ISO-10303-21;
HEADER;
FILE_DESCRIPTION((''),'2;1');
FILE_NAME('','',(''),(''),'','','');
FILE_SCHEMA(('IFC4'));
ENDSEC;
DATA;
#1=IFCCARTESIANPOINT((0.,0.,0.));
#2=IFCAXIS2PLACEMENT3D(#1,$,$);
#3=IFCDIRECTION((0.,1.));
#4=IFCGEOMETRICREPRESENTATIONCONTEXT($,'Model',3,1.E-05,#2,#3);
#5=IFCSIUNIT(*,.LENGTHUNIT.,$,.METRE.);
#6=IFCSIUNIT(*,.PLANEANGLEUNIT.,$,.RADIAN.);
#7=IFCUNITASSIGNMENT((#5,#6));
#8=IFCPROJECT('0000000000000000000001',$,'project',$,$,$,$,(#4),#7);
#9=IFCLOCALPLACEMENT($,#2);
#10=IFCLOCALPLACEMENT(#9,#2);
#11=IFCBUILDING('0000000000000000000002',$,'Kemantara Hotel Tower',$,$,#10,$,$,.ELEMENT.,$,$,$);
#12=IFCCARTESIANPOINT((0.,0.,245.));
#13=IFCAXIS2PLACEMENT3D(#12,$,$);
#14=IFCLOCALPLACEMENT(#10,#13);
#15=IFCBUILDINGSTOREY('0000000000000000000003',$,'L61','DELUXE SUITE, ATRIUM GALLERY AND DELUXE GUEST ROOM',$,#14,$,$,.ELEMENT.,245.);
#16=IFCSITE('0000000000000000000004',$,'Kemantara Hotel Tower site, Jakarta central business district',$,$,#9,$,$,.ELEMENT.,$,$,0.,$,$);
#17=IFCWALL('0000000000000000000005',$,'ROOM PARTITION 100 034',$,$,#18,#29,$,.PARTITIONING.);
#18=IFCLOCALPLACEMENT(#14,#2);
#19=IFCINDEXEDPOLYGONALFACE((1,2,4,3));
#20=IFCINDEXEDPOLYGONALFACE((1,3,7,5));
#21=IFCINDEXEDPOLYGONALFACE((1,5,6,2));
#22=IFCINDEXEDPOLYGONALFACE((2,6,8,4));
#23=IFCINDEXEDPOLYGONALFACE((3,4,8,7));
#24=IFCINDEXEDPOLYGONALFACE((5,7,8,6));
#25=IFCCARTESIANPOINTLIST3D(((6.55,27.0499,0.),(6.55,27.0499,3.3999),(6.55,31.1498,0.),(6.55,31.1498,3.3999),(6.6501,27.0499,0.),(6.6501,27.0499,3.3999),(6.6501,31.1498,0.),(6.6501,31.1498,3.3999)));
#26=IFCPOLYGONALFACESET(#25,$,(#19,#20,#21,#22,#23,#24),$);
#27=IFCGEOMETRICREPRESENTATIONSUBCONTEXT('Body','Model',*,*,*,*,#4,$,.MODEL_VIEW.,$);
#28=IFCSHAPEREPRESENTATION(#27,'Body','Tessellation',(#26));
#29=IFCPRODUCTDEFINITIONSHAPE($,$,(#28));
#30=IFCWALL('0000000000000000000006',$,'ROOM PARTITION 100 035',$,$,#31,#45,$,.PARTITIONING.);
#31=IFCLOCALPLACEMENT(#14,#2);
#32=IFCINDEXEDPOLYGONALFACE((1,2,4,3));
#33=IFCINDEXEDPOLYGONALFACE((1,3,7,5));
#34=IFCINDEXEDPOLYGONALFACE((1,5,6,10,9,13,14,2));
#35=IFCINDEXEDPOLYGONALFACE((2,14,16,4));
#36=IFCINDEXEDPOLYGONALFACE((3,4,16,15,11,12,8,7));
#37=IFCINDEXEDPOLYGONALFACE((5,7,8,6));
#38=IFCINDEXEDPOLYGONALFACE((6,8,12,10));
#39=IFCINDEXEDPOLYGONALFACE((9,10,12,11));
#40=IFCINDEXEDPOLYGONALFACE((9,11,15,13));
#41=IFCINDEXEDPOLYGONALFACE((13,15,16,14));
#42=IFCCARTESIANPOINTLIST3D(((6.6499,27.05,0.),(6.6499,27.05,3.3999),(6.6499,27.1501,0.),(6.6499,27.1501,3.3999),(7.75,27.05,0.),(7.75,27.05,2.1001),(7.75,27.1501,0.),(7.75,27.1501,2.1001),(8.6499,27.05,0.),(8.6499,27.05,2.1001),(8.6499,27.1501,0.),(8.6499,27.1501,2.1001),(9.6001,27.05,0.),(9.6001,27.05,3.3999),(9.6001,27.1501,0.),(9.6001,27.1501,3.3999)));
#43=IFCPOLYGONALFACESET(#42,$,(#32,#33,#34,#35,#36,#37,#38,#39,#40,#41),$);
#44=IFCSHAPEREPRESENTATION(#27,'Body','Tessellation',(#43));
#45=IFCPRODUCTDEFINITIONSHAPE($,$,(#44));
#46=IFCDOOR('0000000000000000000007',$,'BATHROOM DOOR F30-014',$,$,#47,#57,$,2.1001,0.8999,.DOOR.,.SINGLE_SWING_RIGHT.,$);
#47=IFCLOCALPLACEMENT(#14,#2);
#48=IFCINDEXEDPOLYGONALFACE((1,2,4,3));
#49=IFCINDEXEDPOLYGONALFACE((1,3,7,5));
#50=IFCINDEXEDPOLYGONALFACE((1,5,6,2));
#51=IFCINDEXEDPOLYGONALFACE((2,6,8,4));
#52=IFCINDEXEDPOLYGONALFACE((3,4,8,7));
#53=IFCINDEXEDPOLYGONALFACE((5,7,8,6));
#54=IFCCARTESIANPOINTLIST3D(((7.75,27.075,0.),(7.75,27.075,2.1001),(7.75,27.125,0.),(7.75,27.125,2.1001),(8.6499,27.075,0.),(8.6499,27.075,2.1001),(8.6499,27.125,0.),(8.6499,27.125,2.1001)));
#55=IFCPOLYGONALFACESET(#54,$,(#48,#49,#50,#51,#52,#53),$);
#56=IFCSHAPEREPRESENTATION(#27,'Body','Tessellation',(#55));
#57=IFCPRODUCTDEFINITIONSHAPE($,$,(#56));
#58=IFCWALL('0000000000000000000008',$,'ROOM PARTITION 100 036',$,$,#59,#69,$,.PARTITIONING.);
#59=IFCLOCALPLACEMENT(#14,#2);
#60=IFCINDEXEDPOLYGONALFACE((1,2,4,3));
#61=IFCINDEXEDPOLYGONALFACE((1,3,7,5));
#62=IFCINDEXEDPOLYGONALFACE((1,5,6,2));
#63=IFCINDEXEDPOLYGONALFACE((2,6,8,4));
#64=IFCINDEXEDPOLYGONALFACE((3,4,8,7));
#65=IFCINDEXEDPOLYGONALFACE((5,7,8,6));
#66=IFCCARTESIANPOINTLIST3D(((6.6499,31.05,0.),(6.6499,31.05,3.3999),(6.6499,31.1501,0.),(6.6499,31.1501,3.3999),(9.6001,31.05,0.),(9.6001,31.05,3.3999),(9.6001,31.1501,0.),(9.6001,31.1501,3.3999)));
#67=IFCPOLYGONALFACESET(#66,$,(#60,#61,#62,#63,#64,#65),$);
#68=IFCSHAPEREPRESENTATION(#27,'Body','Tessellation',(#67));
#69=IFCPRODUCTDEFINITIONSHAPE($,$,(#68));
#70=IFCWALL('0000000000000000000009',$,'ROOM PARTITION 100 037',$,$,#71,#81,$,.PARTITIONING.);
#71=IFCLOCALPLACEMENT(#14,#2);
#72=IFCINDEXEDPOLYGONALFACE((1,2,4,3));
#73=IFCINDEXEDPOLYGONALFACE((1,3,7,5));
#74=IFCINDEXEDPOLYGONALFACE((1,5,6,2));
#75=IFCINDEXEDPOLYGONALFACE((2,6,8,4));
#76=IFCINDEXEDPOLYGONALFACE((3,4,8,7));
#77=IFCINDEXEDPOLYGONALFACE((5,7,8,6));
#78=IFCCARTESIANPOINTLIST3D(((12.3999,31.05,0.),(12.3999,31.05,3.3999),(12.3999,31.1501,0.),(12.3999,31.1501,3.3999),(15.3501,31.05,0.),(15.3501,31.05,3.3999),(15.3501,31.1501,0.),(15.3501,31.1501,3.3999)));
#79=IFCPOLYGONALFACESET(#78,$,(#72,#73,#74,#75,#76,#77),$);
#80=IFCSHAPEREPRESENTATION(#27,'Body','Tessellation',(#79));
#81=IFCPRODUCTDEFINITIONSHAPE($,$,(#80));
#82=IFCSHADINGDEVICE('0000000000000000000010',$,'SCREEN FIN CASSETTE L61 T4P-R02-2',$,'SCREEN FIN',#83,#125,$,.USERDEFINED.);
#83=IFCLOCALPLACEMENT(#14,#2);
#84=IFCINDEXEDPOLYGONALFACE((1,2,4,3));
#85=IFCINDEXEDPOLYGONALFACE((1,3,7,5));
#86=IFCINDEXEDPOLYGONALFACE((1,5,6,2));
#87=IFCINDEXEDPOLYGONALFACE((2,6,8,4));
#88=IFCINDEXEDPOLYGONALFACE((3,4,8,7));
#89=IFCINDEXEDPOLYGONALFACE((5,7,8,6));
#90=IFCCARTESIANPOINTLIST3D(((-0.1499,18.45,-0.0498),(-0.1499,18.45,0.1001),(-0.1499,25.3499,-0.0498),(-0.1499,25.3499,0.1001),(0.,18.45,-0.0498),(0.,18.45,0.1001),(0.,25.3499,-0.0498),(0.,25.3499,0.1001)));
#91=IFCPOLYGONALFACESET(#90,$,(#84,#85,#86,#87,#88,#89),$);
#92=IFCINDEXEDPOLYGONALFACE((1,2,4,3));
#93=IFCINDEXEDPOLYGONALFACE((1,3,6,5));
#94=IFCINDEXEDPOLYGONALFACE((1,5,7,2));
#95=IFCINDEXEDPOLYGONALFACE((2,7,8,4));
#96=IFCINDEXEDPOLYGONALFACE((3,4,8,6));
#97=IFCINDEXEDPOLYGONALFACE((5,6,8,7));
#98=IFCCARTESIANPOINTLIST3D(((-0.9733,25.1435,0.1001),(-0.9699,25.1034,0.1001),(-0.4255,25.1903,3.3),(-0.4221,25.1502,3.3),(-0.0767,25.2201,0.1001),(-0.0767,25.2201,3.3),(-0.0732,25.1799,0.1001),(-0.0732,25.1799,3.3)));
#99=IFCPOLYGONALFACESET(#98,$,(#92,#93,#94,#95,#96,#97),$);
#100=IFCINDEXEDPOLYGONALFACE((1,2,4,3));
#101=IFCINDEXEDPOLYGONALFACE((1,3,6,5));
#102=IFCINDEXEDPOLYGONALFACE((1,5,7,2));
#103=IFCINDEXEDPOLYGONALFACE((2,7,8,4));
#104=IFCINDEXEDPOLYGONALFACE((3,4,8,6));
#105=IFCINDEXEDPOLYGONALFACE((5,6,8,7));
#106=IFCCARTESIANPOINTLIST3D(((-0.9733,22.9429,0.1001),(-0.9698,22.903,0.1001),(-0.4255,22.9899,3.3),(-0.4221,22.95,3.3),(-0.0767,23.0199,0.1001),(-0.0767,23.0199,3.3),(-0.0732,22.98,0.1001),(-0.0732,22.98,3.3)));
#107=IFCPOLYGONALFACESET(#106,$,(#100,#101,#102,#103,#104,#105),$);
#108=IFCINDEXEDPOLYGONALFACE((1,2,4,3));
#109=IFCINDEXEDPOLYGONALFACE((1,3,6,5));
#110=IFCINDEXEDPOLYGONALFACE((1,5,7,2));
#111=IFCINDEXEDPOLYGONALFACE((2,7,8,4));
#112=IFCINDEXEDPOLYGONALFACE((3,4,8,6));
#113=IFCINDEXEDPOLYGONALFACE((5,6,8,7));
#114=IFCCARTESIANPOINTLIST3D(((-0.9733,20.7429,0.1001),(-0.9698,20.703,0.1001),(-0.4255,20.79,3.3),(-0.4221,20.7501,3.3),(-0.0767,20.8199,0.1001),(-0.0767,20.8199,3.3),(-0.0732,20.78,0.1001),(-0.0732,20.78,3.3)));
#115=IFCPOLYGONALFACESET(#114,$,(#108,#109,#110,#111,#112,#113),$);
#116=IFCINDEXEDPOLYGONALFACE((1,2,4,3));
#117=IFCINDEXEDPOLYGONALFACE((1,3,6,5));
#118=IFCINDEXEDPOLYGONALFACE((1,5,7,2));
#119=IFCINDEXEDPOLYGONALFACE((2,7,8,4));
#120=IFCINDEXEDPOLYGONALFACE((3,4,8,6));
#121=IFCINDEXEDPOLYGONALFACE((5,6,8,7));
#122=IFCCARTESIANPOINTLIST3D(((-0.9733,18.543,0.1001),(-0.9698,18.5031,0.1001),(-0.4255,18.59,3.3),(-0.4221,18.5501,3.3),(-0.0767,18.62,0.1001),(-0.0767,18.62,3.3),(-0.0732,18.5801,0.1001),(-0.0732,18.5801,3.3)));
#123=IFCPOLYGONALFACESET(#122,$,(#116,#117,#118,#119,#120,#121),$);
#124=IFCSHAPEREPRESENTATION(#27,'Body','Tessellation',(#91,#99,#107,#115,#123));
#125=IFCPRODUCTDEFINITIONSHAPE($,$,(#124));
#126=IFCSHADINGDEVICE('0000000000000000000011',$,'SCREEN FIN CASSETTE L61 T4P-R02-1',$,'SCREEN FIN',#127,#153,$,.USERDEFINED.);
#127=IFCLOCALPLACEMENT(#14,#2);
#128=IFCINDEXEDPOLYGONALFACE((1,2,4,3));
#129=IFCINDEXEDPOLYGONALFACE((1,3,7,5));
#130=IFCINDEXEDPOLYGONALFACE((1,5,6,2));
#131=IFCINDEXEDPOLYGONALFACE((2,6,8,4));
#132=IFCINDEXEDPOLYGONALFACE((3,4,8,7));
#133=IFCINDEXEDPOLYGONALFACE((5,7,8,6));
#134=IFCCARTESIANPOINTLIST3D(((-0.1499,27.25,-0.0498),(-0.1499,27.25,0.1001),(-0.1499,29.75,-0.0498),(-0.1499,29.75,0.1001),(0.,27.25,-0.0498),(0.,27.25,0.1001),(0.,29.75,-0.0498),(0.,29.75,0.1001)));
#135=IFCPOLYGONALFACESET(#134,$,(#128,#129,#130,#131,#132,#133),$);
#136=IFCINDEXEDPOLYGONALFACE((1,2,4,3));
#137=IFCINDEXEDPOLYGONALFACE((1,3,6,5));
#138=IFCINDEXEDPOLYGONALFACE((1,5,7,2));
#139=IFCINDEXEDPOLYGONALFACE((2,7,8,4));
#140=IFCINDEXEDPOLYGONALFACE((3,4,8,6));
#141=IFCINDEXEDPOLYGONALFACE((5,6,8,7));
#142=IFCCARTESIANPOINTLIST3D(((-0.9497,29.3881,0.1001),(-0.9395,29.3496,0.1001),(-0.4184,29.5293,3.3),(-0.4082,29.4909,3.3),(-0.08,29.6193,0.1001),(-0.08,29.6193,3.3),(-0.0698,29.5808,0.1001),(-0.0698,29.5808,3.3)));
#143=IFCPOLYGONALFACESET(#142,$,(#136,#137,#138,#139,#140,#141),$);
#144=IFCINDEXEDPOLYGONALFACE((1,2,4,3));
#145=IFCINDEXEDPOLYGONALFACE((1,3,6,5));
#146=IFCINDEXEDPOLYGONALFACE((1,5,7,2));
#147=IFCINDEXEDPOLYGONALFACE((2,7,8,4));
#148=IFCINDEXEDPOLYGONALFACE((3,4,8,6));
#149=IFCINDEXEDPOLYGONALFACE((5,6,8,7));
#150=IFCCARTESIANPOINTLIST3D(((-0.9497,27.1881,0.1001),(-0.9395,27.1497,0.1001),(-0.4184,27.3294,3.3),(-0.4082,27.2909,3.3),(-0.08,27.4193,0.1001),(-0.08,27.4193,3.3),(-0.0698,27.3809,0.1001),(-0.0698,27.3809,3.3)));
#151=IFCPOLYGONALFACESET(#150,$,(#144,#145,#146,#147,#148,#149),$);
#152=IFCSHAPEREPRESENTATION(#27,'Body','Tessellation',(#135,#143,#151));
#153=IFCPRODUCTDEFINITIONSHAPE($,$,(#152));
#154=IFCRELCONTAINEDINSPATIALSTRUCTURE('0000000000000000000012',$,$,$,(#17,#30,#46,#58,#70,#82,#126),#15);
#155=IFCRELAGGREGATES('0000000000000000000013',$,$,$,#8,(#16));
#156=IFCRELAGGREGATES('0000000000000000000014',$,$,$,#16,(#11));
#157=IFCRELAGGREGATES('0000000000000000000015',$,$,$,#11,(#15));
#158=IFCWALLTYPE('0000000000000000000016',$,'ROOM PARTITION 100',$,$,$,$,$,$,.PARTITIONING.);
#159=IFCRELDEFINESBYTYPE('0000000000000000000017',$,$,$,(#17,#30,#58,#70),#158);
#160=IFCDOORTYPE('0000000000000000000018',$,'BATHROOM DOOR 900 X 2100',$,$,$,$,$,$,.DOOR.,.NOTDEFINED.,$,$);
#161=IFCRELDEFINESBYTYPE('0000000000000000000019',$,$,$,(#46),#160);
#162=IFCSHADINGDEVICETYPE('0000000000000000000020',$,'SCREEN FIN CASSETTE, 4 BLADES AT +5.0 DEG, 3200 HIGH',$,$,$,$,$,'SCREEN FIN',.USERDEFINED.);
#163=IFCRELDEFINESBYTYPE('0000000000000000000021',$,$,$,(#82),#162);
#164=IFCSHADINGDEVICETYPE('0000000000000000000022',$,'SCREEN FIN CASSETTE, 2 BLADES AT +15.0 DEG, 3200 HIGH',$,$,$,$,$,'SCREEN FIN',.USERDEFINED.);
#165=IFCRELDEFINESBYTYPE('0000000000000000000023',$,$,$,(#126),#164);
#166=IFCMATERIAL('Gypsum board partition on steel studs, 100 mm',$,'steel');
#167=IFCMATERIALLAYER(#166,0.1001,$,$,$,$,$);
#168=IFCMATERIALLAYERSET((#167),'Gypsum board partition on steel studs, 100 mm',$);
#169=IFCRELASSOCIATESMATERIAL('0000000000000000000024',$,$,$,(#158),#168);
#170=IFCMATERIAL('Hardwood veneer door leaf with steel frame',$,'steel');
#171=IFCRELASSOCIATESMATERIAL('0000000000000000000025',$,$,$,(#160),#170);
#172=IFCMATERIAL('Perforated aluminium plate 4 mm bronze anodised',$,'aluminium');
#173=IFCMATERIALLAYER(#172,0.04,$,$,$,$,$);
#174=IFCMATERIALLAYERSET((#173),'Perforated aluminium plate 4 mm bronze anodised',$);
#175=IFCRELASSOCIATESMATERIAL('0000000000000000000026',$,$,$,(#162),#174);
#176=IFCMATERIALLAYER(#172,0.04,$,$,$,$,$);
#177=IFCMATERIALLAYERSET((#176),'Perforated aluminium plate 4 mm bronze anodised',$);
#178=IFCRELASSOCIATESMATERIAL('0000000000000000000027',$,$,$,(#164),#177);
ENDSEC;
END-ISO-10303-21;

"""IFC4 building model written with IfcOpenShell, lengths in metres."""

from ifc_helpers import new_model, si_unit, direction, frame, frame_2d, origin, origin_2d, place, context, subcontext, project, spatial, polyline, rectangle, outline, extrude, source, transform, mapped, material, layer, layer_set, type_object, element, fill, save


model = new_model("IFC4")

# Units and contexts
model_context = context("Model", 3, precision=1e-05, world=origin(), true_north=direction((0.0, 1.0)))
body_context = subcontext(model_context, "Body", "Model", "MODEL_VIEW")
ifc_project = project(units=[si_unit("LENGTHUNIT", "METRE"), si_unit("PLANEANGLEUNIT", "RADIAN")], contexts=[model_context])

# Site, building, storey
site_placement = place(None, origin())
site = spatial("IfcSite", under=ifc_project, at=site_placement, Name="Kemantara Hotel Tower site, Jakarta central business district", CompositionType="ELEMENT", RefElevation=0.0)
building_placement = place(site_placement, origin())
building = spatial("IfcBuilding", under=site, at=building_placement, Name="Kemantara Hotel Tower", CompositionType="ELEMENT")
storey_placement = place(building_placement, frame((0.0, 0.0, 245.0)))
storey = spatial("IfcBuildingStorey", under=building, at=storey_placement, Name="L61", Description="DELUXE SUITE, ATRIUM GALLERY AND DELUXE GUEST ROOM", CompositionType="ELEMENT", Elevation=245.0)

# Shared definitions
ifc_material_1 = material(Name="Hardwood veneer door leaf with steel frame", Category="steel")

# Wall
ifc_material_2 = material(Name="Gypsum board partition on steel studs, 100 mm", Category="steel")
ifc_layer_1 = layer(ifc_material_2, 0.1001)
ifc_layer_set_1 = layer_set([ifc_layer_1], Name="Gypsum board partition on steel studs, 100 mm")
wall_type_1 = type_object("IfcWallType", Name="ROOM PARTITION 100", PredefinedType="PARTITIONING", material=ifc_layer_set_1)
wall_1_placement = place(storey_placement, frame((6.6001, 27.05, 0.0), z_axis=(0.0, 0.0, 1.0), x_axis=(0.0, 1.0, 0.0)))
element("IfcWall", 1, at=wall_1_placement, inside=storey, type_object=wall_type_1, Name="ROOM PARTITION 100 034", PredefinedType="PARTITIONING", context=body_context, shape_type="SweptSolid", body=[
    extrude(rectangle(XDim=4.0999, YDim=0.1001, at=frame_2d((2.0498, 0.0))), origin(), (0.0, 0.0, 1.0), 3.3999),
])

# Wall, opening, door
wall_2_placement = place(storey_placement, frame((6.6499, 27.1001, 0.0), z_axis=(0.0, 0.0, 1.0), x_axis=(1.0, 0.0, 0.0)))
wall_2 = element("IfcWall", 2, at=wall_2_placement, inside=storey, type_object=wall_type_1, Name="ROOM PARTITION 100 035", PredefinedType="PARTITIONING", context=body_context, shape_type="SweptSolid", body=[
    extrude(rectangle(XDim=2.9502, YDim=0.1001, at=frame_2d((1.4751, 0.0))), origin(), (0.0, 0.0, 1.0), 3.3999),
])
opening_1_placement = place(wall_2_placement, frame((1.1001, 0.0, 0.0)))
opening_1 = element("IfcOpeningElement", 3, at=opening_1_placement, cuts=wall_2, PredefinedType="OPENING", context=body_context, shape_type="SweptSolid", body=[
    extrude(rectangle(XDim=0.8999, YDim=2.1001, at=frame_2d((0.45, 1.05))), frame((0.0, 0.0601, 0.0), z_axis=(0.0, -1.0, 0.0), x_axis=(1.0, 0.0, 0.0)), (0.0, 0.0, 1.0), 0.1201),
])
door_type_1 = type_object("IfcDoorType", Name="BATHROOM DOOR 900 X 2100", OperationType="NOTDEFINED", PredefinedType="DOOR", material=ifc_material_1)
door_1_placement = place(opening_1_placement, origin())
door_1 = element("IfcDoor", 4, at=door_1_placement, inside=storey, type_object=door_type_1, Name="BATHROOM DOOR F30-014", OperationType="SINGLE_SWING_RIGHT", OverallHeight=2.1001, OverallWidth=0.8999, PredefinedType="DOOR", context=body_context, shape_type="SweptSolid", body=[
    extrude(rectangle(XDim=0.8999, YDim=2.1001, at=frame_2d((0.45, 1.05))), frame((0.0, 0.0249, 0.0), z_axis=(0.0, -1.0, 0.0), x_axis=(1.0, 0.0, 0.0)), (0.0, 0.0, 1.0), 0.05),
])
fill(opening_1, door_1)

# Walls
for number, where, z_axis, x_axis, name in (
    (5, (6.6499, 31.1001, 0.0), (0.0, 0.0, 1.0), (1.0, 0.0, 0.0), "ROOM PARTITION 100 036"),
    (6, (12.3999, 31.1001, 0.0), (0.0, 0.0, 1.0), (1.0, 0.0, 0.0), "ROOM PARTITION 100 037"),
):
    element("IfcWall", number, at=place(storey_placement, frame(where, z_axis=z_axis, x_axis=x_axis)), inside=storey, type_object=wall_type_1, Name=name, PredefinedType="PARTITIONING", context=body_context, shape_type="SweptSolid", body=[
        extrude(rectangle(XDim=2.9502, YDim=0.1001, at=frame_2d((1.4751, 0.0))), origin(), (0.0, 0.0, 1.0), 3.3999),
    ])

# Shading devices
ifc_material_3 = material(Name="Perforated aluminium plate 4 mm bronze anodised", Category="aluminium")
ifc_layer_2 = layer(ifc_material_3, 0.04)
ifc_layer_set_2 = layer_set([ifc_layer_2], Name="Perforated aluminium plate 4 mm bronze anodised")
shading_device_type_1 = type_object("IfcShadingDeviceType", Name="SCREEN FIN CASSETTE, 4 BLADES AT +5.0 DEG, 3200 HIGH", ElementType="SCREEN FIN", PredefinedType="USERDEFINED", material=ifc_layer_set_2)
shared_shape_1 = source(origin(), body_context, "Body", "SweptSolid", [
    extrude(rectangle(XDim=6.8999, YDim=0.1499, at=origin_2d()), frame((3.3, -0.075, -0.1499), z_axis=(0.0, 0.0, 1.0), x_axis=(1.0, 0.0, 0.0)), (0.0, 0.0, 1.0), 0.1499),
    extrude(outline(polyline([(0.0, 0.0), (0.8999, 0.0), (0.3501, 3.2), (0.0, 3.2), (0.0, 0.0)])), frame((0.02, -0.0732, 0.0), z_axis=(-0.996376, -0.085056, 0.0), x_axis=(0.085056, -0.996376, 0.0)), (0.0, 0.0, 1.0), 0.0403),
    extrude(outline(polyline([(0.0, 0.0), (0.8999, 0.0), (0.3501, 3.2), (0.0, 3.2), (0.0, 0.0)])), frame((2.22, -0.0732, 0.0), z_axis=(-0.996332, -0.085575, 0.0), x_axis=(0.085575, -0.996332, 0.0)), (0.0, 0.0, 1.0), 0.04),
    extrude(outline(polyline([(0.0, 0.0), (0.8999, 0.0), (0.3501, 3.2), (0.0, 3.2), (0.0, 0.0)])), frame((4.4199, -0.0732, 0.0), z_axis=(-0.996332, -0.085575, 0.0), x_axis=(0.085575, -0.996332, 0.0)), (0.0, 0.0, 1.0), 0.04),
    extrude(outline(polyline([(0.0, 0.0), (0.8999, 0.0), (0.3501, 3.2), (0.0, 3.2), (0.0, 0.0)])), frame((6.6199, -0.0732, 0.0), z_axis=(-0.996332, -0.085575, 0.0), x_axis=(0.085575, -0.996332, 0.0)), (0.0, 0.0, 1.0), 0.04),
])
shading_device_1_placement = place(storey_placement, frame((0.0, 25.2, 0.1001), z_axis=(0.0, 0.0, 1.0), x_axis=(0.0, -1.0, 0.0)))
element("IfcShadingDevice", 7, at=shading_device_1_placement, inside=storey, type_object=shading_device_type_1, Name="SCREEN FIN CASSETTE L61 T4P-R02-2", ObjectType="SCREEN FIN", PredefinedType="USERDEFINED", context=body_context, shape_type="MappedRepresentation", body=[
    mapped(shared_shape_1, transform((0.0, 0.0, 0.0))),
])
ifc_layer_3 = layer(ifc_material_3, 0.04)
ifc_layer_set_3 = layer_set([ifc_layer_3], Name="Perforated aluminium plate 4 mm bronze anodised")
shading_device_type_2 = type_object("IfcShadingDeviceType", Name="SCREEN FIN CASSETTE, 2 BLADES AT +15.0 DEG, 3200 HIGH", ElementType="SCREEN FIN", PredefinedType="USERDEFINED", material=ifc_layer_set_3)
shared_shape_2 = source(origin(), body_context, "Body", "SweptSolid", [
    extrude(rectangle(XDim=2.5, YDim=0.1499, at=origin_2d()), frame((1.1001, -0.075, -0.1499), z_axis=(0.0, 0.0, 1.0), x_axis=(1.0, 0.0, 0.0)), (0.0, 0.0, 1.0), 0.1499),
    extrude(outline(polyline([(0.0, 0.0), (0.8999, 0.0), (0.3501, 3.2), (0.0, 3.2), (0.0, 0.0)])), frame((0.0193, -0.0698, 0.0), z_axis=(-0.966438, -0.256901, 0.0), x_axis=(0.256901, -0.966438, 0.0)), (0.0, 0.0, 1.0), 0.0398),
    extrude(outline(polyline([(0.0, 0.0), (0.8999, 0.0), (0.3501, 3.2), (0.0, 3.2), (0.0, 0.0)])), frame((2.2192, -0.0698, 0.0), z_axis=(-0.966438, -0.256901, 0.0), x_axis=(0.256901, -0.966438, 0.0)), (0.0, 0.0, 1.0), 0.0398),
])
shading_device_2_placement = place(storey_placement, frame((0.0, 29.6001, 0.1001), z_axis=(0.0, 0.0, 1.0), x_axis=(0.0, -1.0, 0.0)))
element("IfcShadingDevice", 8, at=shading_device_2_placement, inside=storey, type_object=shading_device_type_2, Name="SCREEN FIN CASSETTE L61 T4P-R02-1", ObjectType="SCREEN FIN", PredefinedType="USERDEFINED", context=body_context, shape_type="MappedRepresentation", body=[
    mapped(shared_shape_2, transform((0.0, 0.0, 0.0))),
])

save(model, "model.ifc")
